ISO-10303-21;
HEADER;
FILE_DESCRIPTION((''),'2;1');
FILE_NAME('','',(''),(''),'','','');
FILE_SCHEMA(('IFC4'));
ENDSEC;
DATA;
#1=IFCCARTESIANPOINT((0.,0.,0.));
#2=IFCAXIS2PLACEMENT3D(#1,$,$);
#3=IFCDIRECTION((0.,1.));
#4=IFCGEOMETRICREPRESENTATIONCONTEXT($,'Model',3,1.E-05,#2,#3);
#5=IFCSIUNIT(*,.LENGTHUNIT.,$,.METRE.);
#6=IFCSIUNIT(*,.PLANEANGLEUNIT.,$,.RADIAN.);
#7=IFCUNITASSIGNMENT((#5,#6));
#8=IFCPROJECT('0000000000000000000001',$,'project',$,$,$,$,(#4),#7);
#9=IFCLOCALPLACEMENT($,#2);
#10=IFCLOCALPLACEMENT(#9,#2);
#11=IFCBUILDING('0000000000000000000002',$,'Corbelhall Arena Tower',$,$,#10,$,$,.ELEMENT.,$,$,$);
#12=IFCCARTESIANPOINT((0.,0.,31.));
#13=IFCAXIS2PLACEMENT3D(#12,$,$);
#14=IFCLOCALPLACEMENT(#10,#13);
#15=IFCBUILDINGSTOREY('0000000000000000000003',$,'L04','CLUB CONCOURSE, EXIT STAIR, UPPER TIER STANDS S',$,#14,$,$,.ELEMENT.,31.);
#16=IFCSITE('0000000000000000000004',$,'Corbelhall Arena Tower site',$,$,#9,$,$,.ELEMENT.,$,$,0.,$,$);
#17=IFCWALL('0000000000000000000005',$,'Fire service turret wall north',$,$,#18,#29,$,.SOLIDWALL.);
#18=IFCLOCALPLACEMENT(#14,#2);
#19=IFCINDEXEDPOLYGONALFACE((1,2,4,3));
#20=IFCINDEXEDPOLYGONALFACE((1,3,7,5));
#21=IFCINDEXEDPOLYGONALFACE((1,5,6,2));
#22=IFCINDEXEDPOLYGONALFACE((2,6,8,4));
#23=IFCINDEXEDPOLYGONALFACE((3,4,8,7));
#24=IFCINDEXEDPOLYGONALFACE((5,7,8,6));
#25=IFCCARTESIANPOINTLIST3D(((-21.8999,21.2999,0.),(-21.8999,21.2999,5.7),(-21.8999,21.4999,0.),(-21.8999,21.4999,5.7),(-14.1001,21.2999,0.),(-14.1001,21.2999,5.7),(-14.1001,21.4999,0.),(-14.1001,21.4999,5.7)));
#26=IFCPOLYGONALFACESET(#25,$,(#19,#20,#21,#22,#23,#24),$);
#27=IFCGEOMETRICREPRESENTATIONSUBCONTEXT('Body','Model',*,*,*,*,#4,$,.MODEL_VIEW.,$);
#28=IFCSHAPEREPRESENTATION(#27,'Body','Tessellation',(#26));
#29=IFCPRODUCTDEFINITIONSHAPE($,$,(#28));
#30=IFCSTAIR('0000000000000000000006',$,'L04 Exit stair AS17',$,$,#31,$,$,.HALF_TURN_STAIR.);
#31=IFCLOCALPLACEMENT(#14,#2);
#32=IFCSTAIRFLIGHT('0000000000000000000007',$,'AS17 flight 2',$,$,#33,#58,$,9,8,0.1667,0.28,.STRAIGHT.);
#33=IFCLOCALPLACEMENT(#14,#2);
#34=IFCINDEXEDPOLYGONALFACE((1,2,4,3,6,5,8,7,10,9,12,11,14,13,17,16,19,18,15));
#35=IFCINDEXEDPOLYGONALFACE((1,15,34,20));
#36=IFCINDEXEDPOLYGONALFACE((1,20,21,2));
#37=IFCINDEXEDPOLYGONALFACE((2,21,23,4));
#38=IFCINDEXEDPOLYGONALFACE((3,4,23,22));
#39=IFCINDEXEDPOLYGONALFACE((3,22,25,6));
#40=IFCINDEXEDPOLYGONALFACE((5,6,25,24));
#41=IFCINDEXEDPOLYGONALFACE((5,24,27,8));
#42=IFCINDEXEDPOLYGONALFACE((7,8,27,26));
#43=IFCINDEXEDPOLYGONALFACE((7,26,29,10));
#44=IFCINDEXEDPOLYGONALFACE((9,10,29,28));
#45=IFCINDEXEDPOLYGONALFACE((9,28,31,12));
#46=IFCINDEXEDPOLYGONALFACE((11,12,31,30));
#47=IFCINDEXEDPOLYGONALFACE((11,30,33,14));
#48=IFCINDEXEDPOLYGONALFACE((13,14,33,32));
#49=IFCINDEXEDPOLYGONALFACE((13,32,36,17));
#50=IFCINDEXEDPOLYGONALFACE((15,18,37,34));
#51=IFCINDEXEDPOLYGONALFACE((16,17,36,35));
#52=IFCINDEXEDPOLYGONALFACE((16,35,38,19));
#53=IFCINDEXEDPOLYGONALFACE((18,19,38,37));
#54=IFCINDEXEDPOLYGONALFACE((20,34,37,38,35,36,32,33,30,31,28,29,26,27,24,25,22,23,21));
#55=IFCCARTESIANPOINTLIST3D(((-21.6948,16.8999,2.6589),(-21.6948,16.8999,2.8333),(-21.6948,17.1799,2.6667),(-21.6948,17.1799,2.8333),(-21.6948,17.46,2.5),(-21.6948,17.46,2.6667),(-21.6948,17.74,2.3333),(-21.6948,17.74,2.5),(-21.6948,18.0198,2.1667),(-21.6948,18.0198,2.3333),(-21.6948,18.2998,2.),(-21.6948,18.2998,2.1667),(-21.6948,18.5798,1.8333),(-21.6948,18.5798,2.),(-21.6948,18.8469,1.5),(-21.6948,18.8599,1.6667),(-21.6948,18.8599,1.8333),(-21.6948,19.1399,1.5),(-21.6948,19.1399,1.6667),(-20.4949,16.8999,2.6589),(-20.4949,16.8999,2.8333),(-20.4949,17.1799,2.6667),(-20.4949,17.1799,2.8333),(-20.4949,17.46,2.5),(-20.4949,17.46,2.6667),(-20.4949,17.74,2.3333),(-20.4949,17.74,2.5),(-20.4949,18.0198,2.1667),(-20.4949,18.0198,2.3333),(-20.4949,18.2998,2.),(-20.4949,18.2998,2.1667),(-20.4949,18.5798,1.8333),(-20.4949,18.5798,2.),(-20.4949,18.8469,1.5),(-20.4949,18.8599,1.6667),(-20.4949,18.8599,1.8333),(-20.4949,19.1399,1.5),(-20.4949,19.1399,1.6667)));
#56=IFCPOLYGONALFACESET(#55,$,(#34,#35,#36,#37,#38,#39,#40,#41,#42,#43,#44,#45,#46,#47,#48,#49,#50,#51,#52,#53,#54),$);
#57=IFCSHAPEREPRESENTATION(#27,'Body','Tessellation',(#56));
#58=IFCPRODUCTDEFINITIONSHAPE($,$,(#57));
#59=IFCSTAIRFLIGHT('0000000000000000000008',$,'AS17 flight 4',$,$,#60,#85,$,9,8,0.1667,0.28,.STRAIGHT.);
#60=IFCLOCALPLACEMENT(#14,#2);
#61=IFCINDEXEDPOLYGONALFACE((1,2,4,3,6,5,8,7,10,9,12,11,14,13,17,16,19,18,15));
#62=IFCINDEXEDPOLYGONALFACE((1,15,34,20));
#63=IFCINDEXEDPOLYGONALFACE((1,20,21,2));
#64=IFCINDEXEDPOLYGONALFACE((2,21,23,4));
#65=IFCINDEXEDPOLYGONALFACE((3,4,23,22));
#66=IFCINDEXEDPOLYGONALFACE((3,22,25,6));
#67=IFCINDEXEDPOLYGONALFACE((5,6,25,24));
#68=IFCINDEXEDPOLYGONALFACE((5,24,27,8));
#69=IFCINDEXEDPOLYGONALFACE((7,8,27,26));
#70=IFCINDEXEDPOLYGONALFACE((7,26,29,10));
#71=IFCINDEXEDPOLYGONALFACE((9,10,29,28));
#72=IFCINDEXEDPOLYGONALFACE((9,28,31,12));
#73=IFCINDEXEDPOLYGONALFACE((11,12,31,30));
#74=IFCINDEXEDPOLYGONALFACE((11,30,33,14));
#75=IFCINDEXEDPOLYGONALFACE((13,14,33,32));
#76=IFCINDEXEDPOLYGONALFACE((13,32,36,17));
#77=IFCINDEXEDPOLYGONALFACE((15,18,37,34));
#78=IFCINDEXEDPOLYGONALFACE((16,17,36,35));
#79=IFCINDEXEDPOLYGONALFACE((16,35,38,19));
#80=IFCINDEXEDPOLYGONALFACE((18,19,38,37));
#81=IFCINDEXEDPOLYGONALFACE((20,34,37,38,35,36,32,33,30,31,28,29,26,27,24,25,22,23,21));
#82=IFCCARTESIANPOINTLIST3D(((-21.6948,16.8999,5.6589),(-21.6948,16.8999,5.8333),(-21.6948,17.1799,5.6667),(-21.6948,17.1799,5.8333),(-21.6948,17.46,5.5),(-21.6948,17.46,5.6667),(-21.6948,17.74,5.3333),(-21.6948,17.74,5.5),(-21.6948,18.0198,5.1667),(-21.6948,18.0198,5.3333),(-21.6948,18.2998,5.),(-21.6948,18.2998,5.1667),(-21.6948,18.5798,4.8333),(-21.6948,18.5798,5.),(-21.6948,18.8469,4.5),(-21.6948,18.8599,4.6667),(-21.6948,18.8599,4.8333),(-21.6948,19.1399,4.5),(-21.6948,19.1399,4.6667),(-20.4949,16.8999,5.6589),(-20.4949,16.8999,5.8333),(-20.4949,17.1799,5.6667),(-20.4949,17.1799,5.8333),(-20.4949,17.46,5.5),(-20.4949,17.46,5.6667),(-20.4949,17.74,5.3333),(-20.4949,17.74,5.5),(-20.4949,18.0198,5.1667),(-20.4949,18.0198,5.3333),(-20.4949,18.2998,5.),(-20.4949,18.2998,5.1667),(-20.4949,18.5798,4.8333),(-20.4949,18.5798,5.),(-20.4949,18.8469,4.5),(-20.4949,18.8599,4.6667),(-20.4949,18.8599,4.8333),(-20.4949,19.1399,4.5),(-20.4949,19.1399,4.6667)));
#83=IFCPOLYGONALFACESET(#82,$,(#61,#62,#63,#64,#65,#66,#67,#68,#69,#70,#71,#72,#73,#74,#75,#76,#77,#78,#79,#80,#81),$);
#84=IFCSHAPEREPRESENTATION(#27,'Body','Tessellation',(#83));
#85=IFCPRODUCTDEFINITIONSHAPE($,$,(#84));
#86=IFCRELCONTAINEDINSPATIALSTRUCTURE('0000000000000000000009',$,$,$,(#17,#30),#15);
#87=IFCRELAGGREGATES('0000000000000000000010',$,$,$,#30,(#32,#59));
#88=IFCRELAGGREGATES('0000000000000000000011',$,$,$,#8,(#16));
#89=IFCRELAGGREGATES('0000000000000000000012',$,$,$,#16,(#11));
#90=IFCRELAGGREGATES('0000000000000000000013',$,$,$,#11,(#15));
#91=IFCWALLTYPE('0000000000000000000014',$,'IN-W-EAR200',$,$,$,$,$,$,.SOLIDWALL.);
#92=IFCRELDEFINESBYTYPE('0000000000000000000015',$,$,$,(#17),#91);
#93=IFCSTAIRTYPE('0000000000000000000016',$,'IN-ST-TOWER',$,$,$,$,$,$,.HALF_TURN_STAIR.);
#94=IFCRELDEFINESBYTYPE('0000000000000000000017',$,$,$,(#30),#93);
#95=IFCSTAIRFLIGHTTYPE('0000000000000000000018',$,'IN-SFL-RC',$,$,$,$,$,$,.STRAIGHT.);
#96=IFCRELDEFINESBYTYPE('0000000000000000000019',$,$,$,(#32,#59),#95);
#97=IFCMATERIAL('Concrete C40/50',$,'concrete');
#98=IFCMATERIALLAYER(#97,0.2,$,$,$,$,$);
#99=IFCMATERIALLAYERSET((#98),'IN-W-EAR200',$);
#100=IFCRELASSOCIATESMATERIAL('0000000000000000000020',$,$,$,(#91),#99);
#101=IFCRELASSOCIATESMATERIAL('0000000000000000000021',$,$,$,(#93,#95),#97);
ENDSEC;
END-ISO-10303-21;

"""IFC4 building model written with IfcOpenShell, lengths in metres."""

from ifc_helpers import new_model, si_unit, direction, frame, frame_2d, origin, place, context, subcontext, project, spatial, polyline, rectangle, outline, extrude, material, layer, layer_set, type_object, element, aggregate, save


model = new_model("IFC4")

# Units and contexts
model_context = context("Model", 3, precision=1e-05, world=origin(), true_north=direction((0.0, 1.0)))
body_context = subcontext(model_context, "Body", "Model", "MODEL_VIEW")
ifc_project = project(units=[si_unit("LENGTHUNIT", "METRE"), si_unit("PLANEANGLEUNIT", "RADIAN")], contexts=[model_context])

# Site, building, storey
site_placement = place(None, origin())
site = spatial("IfcSite", under=ifc_project, at=site_placement, Name="Corbelhall Arena Tower site", CompositionType="ELEMENT", RefElevation=0.0)
building_placement = place(site_placement, origin())
building = spatial("IfcBuilding", under=site, at=building_placement, Name="Corbelhall Arena Tower", CompositionType="ELEMENT")
storey_placement = place(building_placement, frame((0.0, 0.0, 31.0)))
storey = spatial("IfcBuildingStorey", under=building, at=storey_placement, Name="L04", Description="CLUB CONCOURSE, EXIT STAIR, UPPER TIER STANDS S", CompositionType="ELEMENT", Elevation=31.0)

# Wall
ifc_material_1 = material(Name="Concrete C40/50", Category="concrete")
ifc_layer_1 = layer(ifc_material_1, 0.2)
ifc_layer_set_1 = layer_set([ifc_layer_1], Name="IN-W-EAR200")
wall_type_1 = type_object("IfcWallType", Name="IN-W-EAR200", PredefinedType="SOLIDWALL", material=ifc_layer_set_1)
wall_1_placement = place(storey_placement, frame((-21.8999, 21.3999, 0.0), z_axis=(0.0, 0.0, 1.0), x_axis=(1.0, 0.0, 0.0)))
element("IfcWall", 1, at=wall_1_placement, inside=storey, type_object=wall_type_1, Name="Fire service turret wall north", PredefinedType="SOLIDWALL", context=body_context, shape_type="SweptSolid", body=[
    extrude(rectangle(XDim=7.7998, YDim=0.2, at=frame_2d((3.8999, 0.0))), origin(), (0.0, 0.0, 1.0), 5.7),
])

# Stair, stair flights
stair_type = type_object("IfcStairType", Name="IN-ST-TOWER", PredefinedType="HALF_TURN_STAIR", material=ifc_material_1)
stair_placement = place(storey_placement, origin())
stair = element("IfcStair", 2, at=stair_placement, inside=storey, type_object=stair_type, Name="L04 Exit stair AS17", PredefinedType="HALF_TURN_STAIR")
stair_flight_type = type_object("IfcStairFlightType", Name="IN-SFL-RC", PredefinedType="STRAIGHT", material=ifc_material_1)
stair_flight_1_placement = place(storey_placement, frame((-21.095, 19.1399, 1.5), z_axis=(0.0, 0.0, 1.0), x_axis=(0.0, -1.0, 0.0)))
stair_flight_1 = element("IfcStairFlight", 3, at=stair_flight_1_placement, type_object=stair_flight_type, Name="AS17 flight 2", NumberOfRisers=9, NumberOfTreads=8, PredefinedType="STRAIGHT", RiserHeight=0.1667, TreadLength=0.28, context=body_context, shape_type="SweptSolid", body=[
    extrude(outline(polyline([(0.0, 0.0), (0.0, 0.1667), (0.28, 0.1667), (0.28, 0.3333), (0.5601, 0.3333), (0.5601, 0.5), (0.8401, 0.5), (0.8401, 0.6667), (1.1201, 0.6667), (1.1201, 0.8333), (1.3999, 0.8333), (1.3999, 1.0), (1.6799, 1.0), (1.6799, 1.1667), (1.96, 1.1667), (1.96, 1.3333), (2.24, 1.3333), (2.24, 1.5), (2.24, 1.1589), (0.293, 0.0), (0.0, 0.0)])), frame((0.0, 0.6001, 0.0), z_axis=(0.0, -1.0, 0.0), x_axis=(1.0, 0.0, 0.0)), (0.0, 0.0, 1.0), 1.2),
])
stair_flight_2_placement = place(storey_placement, frame((-21.095, 19.1399, 4.5), z_axis=(0.0, 0.0, 1.0), x_axis=(0.0, -1.0, 0.0)))
stair_flight_2 = element("IfcStairFlight", 4, at=stair_flight_2_placement, type_object=stair_flight_type, Name="AS17 flight 4", NumberOfRisers=9, NumberOfTreads=8, PredefinedType="STRAIGHT", RiserHeight=0.1667, TreadLength=0.28, context=body_context, shape_type="SweptSolid", body=[
    extrude(outline(polyline([(0.0, 0.0), (0.0, 0.1667), (0.28, 0.1667), (0.28, 0.3333), (0.5601, 0.3333), (0.5601, 0.5), (0.8401, 0.5), (0.8401, 0.6667), (1.1201, 0.6667), (1.1201, 0.8333), (1.3999, 0.8333), (1.3999, 1.0), (1.6799, 1.0), (1.6799, 1.1667), (1.96, 1.1667), (1.96, 1.3333), (2.24, 1.3333), (2.24, 1.5), (2.24, 1.1589), (0.293, 0.0), (0.0, 0.0)])), frame((0.0, 0.6001, 0.0), z_axis=(0.0, -1.0, 0.0), x_axis=(1.0, 0.0, 0.0)), (0.0, 0.0, 1.0), 1.2),
])
aggregate(stair, [stair_flight_1, stair_flight_2])

save(model, "model.ifc")
